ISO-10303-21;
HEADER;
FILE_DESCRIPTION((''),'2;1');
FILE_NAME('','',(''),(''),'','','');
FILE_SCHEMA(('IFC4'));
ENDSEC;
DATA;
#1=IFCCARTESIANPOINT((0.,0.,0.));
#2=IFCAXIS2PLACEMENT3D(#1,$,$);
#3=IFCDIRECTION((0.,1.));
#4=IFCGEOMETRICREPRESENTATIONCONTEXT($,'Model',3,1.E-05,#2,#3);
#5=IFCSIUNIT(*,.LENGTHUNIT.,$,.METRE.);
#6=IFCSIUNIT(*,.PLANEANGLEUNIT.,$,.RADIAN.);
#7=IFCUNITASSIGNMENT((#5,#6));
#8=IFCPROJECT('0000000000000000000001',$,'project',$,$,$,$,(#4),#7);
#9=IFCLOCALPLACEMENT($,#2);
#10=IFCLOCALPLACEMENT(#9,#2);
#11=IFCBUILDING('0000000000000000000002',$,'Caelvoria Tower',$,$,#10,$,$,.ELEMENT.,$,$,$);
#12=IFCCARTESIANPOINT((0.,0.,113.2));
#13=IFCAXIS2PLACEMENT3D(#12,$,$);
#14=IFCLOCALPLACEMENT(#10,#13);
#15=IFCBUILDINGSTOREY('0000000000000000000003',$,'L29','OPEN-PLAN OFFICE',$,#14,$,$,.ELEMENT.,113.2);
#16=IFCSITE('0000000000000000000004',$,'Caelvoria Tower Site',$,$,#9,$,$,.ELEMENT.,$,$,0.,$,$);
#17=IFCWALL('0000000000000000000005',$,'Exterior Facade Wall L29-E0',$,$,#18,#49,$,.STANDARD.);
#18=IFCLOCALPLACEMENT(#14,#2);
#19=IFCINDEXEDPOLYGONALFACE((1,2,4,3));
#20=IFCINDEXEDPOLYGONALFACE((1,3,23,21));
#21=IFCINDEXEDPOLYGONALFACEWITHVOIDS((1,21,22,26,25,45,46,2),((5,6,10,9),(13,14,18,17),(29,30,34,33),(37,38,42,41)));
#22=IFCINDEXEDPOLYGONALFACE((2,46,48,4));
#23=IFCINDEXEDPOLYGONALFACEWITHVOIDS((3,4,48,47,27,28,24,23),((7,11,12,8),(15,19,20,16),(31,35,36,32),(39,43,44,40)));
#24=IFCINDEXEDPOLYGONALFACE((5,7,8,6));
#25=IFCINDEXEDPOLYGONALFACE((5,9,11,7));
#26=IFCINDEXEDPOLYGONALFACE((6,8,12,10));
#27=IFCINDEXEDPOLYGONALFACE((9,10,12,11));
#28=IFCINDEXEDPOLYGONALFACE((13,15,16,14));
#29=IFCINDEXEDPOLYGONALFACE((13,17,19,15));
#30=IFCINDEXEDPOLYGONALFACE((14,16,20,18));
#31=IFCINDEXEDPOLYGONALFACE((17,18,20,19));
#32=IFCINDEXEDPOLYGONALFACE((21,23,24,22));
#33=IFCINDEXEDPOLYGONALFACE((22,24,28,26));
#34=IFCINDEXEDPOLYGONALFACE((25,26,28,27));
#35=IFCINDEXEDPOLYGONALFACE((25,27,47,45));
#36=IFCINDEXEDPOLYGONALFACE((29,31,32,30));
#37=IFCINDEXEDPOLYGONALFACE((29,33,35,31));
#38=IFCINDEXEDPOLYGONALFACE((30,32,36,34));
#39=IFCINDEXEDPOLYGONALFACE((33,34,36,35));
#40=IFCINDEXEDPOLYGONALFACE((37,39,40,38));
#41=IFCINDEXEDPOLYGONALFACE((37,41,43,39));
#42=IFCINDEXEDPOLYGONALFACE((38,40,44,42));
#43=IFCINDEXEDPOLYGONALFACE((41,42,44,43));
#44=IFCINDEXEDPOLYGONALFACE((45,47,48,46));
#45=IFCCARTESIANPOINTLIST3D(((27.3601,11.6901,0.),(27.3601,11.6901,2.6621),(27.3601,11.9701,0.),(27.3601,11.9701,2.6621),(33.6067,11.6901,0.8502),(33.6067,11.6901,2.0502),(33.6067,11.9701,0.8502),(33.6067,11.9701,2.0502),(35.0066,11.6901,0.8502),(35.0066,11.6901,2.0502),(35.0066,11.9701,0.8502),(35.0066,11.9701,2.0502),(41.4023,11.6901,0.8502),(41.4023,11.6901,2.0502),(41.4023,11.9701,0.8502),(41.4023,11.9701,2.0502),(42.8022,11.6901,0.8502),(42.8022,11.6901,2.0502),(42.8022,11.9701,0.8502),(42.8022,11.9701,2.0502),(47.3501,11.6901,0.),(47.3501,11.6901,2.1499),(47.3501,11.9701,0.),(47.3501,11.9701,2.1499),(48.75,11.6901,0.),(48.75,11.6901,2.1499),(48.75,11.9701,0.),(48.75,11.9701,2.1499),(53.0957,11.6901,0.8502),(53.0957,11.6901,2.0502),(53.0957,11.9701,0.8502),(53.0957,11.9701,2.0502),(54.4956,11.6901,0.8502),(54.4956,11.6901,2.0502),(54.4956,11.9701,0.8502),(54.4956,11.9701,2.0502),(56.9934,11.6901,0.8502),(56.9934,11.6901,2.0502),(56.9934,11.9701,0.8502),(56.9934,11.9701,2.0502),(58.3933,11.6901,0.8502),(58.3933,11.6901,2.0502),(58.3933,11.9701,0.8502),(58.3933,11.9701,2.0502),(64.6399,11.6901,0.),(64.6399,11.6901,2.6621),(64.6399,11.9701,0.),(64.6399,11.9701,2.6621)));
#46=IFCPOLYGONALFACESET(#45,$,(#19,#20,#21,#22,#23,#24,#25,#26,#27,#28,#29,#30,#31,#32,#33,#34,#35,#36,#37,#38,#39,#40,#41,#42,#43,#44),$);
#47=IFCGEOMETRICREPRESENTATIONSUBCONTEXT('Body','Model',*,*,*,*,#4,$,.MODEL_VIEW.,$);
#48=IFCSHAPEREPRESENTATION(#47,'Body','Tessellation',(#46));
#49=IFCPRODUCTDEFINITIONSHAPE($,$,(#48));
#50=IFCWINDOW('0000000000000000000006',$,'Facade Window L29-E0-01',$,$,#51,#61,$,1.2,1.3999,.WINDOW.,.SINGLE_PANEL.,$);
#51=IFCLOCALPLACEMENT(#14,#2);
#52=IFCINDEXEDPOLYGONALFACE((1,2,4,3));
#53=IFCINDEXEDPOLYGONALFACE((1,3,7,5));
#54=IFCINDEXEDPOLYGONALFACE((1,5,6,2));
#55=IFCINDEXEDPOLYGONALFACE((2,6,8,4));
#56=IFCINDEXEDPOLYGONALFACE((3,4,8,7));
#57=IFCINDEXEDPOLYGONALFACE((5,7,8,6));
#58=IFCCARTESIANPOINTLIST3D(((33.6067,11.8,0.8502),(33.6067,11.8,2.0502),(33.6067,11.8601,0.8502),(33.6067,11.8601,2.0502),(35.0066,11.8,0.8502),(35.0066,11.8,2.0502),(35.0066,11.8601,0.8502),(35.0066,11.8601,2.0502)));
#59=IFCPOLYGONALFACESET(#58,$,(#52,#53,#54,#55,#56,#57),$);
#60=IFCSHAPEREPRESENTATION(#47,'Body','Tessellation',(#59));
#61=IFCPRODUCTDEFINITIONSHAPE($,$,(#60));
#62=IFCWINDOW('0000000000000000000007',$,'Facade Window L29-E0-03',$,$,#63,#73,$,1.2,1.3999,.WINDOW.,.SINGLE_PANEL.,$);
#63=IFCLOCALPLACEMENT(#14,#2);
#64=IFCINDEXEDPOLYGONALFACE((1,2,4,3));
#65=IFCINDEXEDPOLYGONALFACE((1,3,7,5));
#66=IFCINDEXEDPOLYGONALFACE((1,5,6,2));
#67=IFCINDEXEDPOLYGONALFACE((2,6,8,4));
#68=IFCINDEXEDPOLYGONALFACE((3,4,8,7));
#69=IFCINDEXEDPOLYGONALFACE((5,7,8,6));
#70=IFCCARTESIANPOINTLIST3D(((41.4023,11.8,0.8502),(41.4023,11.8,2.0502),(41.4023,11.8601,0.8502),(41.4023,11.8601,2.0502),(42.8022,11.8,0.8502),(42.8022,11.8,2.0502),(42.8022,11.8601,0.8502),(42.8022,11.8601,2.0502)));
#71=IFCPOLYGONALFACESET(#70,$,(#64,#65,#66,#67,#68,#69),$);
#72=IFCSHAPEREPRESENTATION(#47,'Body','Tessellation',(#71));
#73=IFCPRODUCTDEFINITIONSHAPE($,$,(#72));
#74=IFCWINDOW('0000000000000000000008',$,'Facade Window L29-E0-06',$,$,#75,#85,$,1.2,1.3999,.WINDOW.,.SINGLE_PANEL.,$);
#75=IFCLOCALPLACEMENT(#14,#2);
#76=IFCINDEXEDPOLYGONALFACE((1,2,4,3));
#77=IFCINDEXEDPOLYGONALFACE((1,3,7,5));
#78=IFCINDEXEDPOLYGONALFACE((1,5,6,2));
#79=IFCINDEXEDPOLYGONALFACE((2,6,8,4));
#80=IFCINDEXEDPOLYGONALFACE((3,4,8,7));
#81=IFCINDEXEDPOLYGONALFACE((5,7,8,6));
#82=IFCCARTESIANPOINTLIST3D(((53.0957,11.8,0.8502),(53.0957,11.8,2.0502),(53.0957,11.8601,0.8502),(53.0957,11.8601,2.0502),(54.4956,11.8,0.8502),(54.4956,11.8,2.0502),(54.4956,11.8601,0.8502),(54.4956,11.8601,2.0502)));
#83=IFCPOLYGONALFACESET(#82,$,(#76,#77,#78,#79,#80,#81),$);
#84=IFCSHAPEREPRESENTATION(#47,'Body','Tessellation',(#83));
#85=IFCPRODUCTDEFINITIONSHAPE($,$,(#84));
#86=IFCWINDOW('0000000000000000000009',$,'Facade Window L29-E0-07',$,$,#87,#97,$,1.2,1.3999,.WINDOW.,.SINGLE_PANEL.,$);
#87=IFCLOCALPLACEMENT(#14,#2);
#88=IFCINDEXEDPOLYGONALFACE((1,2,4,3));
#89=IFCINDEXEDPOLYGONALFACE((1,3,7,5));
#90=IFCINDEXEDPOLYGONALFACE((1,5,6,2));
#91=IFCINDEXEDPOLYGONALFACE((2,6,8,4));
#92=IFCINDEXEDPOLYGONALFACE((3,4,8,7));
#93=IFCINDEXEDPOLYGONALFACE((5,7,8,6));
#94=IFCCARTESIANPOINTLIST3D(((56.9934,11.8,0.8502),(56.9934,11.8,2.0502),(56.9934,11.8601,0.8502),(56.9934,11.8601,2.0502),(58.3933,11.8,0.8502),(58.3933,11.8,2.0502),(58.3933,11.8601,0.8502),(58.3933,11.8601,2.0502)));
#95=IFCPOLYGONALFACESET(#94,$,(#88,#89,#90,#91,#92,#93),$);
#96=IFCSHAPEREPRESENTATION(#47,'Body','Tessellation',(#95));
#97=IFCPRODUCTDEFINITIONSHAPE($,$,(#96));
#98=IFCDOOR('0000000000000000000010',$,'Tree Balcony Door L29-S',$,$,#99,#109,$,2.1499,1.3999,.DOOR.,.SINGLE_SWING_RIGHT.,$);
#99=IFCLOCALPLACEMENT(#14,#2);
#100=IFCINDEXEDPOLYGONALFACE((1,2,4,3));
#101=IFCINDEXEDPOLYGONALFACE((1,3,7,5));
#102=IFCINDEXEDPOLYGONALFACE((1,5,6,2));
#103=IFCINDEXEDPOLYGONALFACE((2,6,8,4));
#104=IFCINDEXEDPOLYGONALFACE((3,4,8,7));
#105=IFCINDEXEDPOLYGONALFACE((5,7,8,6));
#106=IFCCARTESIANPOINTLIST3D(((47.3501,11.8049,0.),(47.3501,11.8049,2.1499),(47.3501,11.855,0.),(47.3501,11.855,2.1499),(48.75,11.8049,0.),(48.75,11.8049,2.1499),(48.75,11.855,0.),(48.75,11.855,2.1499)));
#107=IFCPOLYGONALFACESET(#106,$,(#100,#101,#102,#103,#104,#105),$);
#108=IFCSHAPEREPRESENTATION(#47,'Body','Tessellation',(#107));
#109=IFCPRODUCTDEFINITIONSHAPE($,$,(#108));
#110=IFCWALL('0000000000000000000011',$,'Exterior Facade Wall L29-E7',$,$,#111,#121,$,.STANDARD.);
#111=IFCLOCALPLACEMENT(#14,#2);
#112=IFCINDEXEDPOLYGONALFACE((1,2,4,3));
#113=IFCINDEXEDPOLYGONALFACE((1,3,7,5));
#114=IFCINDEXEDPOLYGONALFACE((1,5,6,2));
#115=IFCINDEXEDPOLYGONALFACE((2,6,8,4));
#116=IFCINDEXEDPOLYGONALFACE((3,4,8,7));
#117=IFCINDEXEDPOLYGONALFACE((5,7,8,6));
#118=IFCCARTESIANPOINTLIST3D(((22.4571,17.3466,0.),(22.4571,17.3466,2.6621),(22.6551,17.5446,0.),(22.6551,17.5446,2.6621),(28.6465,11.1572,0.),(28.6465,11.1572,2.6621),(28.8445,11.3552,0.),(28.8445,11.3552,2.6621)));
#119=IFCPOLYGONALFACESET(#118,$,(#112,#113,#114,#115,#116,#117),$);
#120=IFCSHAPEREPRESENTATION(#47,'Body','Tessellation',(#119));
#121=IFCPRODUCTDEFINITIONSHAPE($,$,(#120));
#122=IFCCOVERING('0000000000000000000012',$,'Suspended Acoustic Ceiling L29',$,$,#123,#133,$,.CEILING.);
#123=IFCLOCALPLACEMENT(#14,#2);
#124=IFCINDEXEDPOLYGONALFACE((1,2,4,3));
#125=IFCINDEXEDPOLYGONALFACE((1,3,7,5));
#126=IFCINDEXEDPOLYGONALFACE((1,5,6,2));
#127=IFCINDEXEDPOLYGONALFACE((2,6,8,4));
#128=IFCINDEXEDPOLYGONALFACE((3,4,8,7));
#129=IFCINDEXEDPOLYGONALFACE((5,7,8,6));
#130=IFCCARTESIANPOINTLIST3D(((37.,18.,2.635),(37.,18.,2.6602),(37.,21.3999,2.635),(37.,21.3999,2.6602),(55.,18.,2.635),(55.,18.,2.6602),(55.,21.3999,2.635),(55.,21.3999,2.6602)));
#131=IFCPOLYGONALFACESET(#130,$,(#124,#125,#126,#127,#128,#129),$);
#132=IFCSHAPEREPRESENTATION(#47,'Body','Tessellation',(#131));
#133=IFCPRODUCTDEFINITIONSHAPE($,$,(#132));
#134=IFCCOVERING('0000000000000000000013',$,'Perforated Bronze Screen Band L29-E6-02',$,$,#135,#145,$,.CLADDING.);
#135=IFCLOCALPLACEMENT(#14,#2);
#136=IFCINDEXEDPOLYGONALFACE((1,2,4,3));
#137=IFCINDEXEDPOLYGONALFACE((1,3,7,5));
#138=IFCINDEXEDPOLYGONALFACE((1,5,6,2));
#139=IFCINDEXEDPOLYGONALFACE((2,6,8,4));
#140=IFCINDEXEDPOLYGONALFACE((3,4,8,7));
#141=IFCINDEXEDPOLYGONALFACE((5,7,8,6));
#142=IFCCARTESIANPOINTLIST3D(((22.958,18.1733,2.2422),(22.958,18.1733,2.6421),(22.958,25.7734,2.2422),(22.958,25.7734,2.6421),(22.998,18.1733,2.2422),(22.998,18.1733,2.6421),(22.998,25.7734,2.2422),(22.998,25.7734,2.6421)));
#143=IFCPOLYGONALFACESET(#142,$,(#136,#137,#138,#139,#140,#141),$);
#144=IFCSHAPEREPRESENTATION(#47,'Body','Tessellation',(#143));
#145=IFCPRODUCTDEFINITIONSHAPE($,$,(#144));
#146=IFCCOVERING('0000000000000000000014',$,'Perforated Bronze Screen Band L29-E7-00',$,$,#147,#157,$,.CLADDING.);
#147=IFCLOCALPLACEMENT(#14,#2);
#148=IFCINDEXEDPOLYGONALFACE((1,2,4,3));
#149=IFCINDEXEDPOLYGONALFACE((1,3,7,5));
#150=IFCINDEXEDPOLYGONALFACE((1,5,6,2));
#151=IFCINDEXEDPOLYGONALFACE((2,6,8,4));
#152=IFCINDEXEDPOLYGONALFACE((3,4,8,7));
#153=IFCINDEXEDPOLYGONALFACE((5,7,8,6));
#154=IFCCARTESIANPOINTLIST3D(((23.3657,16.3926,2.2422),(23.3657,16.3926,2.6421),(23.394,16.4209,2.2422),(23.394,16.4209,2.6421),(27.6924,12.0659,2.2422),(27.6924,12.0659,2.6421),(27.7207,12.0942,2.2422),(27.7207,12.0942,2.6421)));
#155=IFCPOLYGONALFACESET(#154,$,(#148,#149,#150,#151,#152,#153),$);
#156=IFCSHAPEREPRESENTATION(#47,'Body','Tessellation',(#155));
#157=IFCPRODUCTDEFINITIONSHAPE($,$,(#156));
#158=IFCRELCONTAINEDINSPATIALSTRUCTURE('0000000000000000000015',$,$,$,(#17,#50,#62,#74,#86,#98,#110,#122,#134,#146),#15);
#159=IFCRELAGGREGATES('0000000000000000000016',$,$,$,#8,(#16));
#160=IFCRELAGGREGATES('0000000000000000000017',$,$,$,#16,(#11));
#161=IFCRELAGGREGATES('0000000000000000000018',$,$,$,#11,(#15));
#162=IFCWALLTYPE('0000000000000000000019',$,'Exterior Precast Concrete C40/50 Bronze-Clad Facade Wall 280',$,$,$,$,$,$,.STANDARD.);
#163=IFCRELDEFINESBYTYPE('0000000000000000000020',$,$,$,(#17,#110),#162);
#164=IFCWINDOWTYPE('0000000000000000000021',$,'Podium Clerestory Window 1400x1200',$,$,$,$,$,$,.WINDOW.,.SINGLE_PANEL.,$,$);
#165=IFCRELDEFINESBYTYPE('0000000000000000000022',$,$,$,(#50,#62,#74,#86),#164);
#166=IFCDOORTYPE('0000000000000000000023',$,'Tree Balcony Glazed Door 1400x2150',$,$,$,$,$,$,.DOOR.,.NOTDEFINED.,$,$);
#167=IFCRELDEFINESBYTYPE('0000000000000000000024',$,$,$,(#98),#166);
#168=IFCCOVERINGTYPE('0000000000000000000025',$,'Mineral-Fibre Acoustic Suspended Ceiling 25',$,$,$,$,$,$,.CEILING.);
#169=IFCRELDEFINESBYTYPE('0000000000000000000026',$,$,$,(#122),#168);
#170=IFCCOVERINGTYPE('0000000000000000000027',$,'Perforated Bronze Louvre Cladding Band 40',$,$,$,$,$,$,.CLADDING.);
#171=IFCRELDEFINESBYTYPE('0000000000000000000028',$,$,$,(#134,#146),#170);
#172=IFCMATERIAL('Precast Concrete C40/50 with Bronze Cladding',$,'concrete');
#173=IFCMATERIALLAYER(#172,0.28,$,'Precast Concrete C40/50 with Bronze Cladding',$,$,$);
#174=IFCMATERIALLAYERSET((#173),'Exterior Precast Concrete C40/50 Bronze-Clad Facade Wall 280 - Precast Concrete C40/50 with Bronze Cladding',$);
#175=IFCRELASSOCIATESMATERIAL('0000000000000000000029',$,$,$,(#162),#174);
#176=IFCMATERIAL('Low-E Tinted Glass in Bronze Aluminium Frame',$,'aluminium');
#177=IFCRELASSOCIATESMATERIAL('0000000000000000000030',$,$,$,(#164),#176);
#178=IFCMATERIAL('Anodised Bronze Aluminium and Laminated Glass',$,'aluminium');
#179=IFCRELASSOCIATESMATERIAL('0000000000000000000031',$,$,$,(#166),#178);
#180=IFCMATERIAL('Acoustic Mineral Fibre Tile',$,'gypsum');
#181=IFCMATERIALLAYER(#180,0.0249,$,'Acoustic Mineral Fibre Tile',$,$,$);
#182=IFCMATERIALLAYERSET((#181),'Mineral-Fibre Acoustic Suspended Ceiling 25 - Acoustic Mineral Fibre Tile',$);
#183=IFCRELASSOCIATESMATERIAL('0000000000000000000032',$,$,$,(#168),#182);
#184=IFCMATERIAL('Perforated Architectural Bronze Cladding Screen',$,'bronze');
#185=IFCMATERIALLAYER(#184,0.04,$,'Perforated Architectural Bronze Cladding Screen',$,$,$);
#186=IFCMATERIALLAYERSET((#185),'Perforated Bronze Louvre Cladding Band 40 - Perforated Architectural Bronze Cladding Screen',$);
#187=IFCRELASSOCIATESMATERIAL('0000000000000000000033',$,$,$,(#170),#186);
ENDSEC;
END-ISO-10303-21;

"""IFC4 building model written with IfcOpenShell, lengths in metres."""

from ifc_helpers import new_model, si_unit, direction, frame, frame_2d, origin, origin_2d, place, context, subcontext, project, spatial, polyline, rectangle, outline, extrude, material, layer, layer_set, type_object, element, fill, save


model = new_model("IFC4")

# Units and contexts
model_context = context("Model", 3, precision=1e-05, world=origin(), true_north=direction((0.0, 1.0)))
body_context = subcontext(model_context, "Body", "Model", "MODEL_VIEW")
ifc_project = project(units=[si_unit("LENGTHUNIT", "METRE"), si_unit("PLANEANGLEUNIT", "RADIAN")], contexts=[model_context])

# Site, building, storey
site_placement = place(None, origin())
site = spatial("IfcSite", under=ifc_project, at=site_placement, Name="Caelvoria Tower Site", CompositionType="ELEMENT", RefElevation=0.0)
building_placement = place(site_placement, origin())
building = spatial("IfcBuilding", under=site, at=building_placement, Name="Caelvoria Tower", CompositionType="ELEMENT")
storey_placement = place(building_placement, frame((0.0, 0.0, 113.2)))
storey = spatial("IfcBuildingStorey", under=building, at=storey_placement, Name="L29", Description="OPEN-PLAN OFFICE", CompositionType="ELEMENT", Elevation=113.2)

# Wall, openings, windows, door
ifc_material_1 = material(Name="Precast Concrete C40/50 with Bronze Cladding", Category="concrete")
ifc_layer_1 = layer(ifc_material_1, 0.28, Name="Precast Concrete C40/50 with Bronze Cladding")
ifc_layer_set_1 = layer_set([ifc_layer_1], Name="Exterior Precast Concrete C40/50 Bronze-Clad Facade Wall 280 - Precast Concrete C40/50 with Bronze Cladding")
wall_type = type_object("IfcWallType", Name="Exterior Precast Concrete C40/50 Bronze-Clad Facade Wall 280", PredefinedType="STANDARD", material=ifc_layer_set_1)
wall_1_placement = place(storey_placement, frame((27.3601, 11.8301, 0.0), z_axis=(0.0, 0.0, 1.0), x_axis=(1.0, 0.0, 0.0)))
wall_1 = element("IfcWall", 1, at=wall_1_placement, inside=storey, type_object=wall_type, Name="Exterior Facade Wall L29-E0", PredefinedType="STANDARD", context=body_context, shape_type="SweptSolid", body=[
    extrude(rectangle(XDim=37.2798, YDim=0.28, at=frame_2d((18.6399, 0.0))), origin(), (0.0, 0.0, 1.0), 2.6621),
])
opening_1_placement = place(wall_1_placement, frame((19.99, 0.0, 0.0)))
opening_1 = element("IfcOpeningElement", 2, at=opening_1_placement, cuts=wall_1, PredefinedType="OPENING", context=body_context, shape_type="SweptSolid", body=[
    extrude(rectangle(XDim=1.3999, YDim=2.1499, at=frame_2d((0.7, 1.075))), frame((0.0, 0.1499, 0.0), z_axis=(0.0, -1.0, 0.0), x_axis=(1.0, 0.0, 0.0)), (0.0, 0.0, 1.0), 0.3),
])
opening_2_placement = place(wall_1_placement, frame((6.2466, 0.0, 0.8501)))
opening_2 = element("IfcOpeningElement", 3, at=opening_2_placement, cuts=wall_1, PredefinedType="OPENING", context=body_context, shape_type="SweptSolid", body=[
    extrude(rectangle(XDim=1.3999, YDim=1.2, at=frame_2d((0.7, 0.6001))), frame((0.0, 0.1499, 0.0), z_axis=(0.0, -1.0, 0.0), x_axis=(1.0, 0.0, 0.0)), (0.0, 0.0, 1.0), 0.3),
])
opening_3_placement = place(wall_1_placement, frame((14.0422, 0.0, 0.8501)))
opening_3 = element("IfcOpeningElement", 4, at=opening_3_placement, cuts=wall_1, PredefinedType="OPENING", context=body_context, shape_type="SweptSolid", body=[
    extrude(rectangle(XDim=1.3999, YDim=1.2, at=frame_2d((0.7, 0.6001))), frame((0.0, 0.1499, 0.0), z_axis=(0.0, -1.0, 0.0), x_axis=(1.0, 0.0, 0.0)), (0.0, 0.0, 1.0), 0.3),
])
opening_4_placement = place(wall_1_placement, frame((25.7356, 0.0, 0.8501)))
opening_4 = element("IfcOpeningElement", 5, at=opening_4_placement, cuts=wall_1, PredefinedType="OPENING", context=body_context, shape_type="SweptSolid", body=[
    extrude(rectangle(XDim=1.3999, YDim=1.2, at=frame_2d((0.7, 0.6001))), frame((0.0, 0.1499, 0.0), z_axis=(0.0, -1.0, 0.0), x_axis=(1.0, 0.0, 0.0)), (0.0, 0.0, 1.0), 0.3),
])
opening_5_placement = place(wall_1_placement, frame((29.6333, 0.0, 0.8501)))
opening_5 = element("IfcOpeningElement", 6, at=opening_5_placement, cuts=wall_1, PredefinedType="OPENING", context=body_context, shape_type="SweptSolid", body=[
    extrude(rectangle(XDim=1.3999, YDim=1.2, at=frame_2d((0.7, 0.6001))), frame((0.0, 0.1499, 0.0), z_axis=(0.0, -1.0, 0.0), x_axis=(1.0, 0.0, 0.0)), (0.0, 0.0, 1.0), 0.3),
])
ifc_material_2 = material(Name="Low-E Tinted Glass in Bronze Aluminium Frame", Category="aluminium")
window_type = type_object("IfcWindowType", Name="Podium Clerestory Window 1400x1200", PartitioningType="SINGLE_PANEL", PredefinedType="WINDOW", material=ifc_material_2)
window_1_placement = place(opening_2_placement, origin())
window_1 = element("IfcWindow", 7, at=window_1_placement, inside=storey, type_object=window_type, Name="Facade Window L29-E0-01", OverallHeight=1.2, OverallWidth=1.3999, PartitioningType="SINGLE_PANEL", PredefinedType="WINDOW", context=body_context, shape_type="SweptSolid", body=[
    extrude(rectangle(XDim=1.3999, YDim=1.2, at=frame_2d((0.7, 0.6001))), frame((0.0, 0.03, 0.0), z_axis=(0.0, -1.0, 0.0), x_axis=(1.0, 0.0, 0.0)), (0.0, 0.0, 1.0), 0.0601),
])
fill(opening_2, window_1)
window_2_placement = place(opening_3_placement, origin())
window_2 = element("IfcWindow", 8, at=window_2_placement, inside=storey, type_object=window_type, Name="Facade Window L29-E0-03", OverallHeight=1.2, OverallWidth=1.3999, PartitioningType="SINGLE_PANEL", PredefinedType="WINDOW", context=body_context, shape_type="SweptSolid", body=[
    extrude(rectangle(XDim=1.3999, YDim=1.2, at=frame_2d((0.7, 0.6001))), frame((0.0, 0.03, 0.0), z_axis=(0.0, -1.0, 0.0), x_axis=(1.0, 0.0, 0.0)), (0.0, 0.0, 1.0), 0.0601),
])
fill(opening_3, window_2)
window_3_placement = place(opening_4_placement, origin())
window_3 = element("IfcWindow", 9, at=window_3_placement, inside=storey, type_object=window_type, Name="Facade Window L29-E0-06", OverallHeight=1.2, OverallWidth=1.3999, PartitioningType="SINGLE_PANEL", PredefinedType="WINDOW", context=body_context, shape_type="SweptSolid", body=[
    extrude(rectangle(XDim=1.3999, YDim=1.2, at=frame_2d((0.7, 0.6001))), frame((0.0, 0.03, 0.0), z_axis=(0.0, -1.0, 0.0), x_axis=(1.0, 0.0, 0.0)), (0.0, 0.0, 1.0), 0.0601),
])
fill(opening_4, window_3)
window_4_placement = place(opening_5_placement, origin())
window_4 = element("IfcWindow", 10, at=window_4_placement, inside=storey, type_object=window_type, Name="Facade Window L29-E0-07", OverallHeight=1.2, OverallWidth=1.3999, PartitioningType="SINGLE_PANEL", PredefinedType="WINDOW", context=body_context, shape_type="SweptSolid", body=[
    extrude(rectangle(XDim=1.3999, YDim=1.2, at=frame_2d((0.7, 0.6001))), frame((0.0, 0.03, 0.0), z_axis=(0.0, -1.0, 0.0), x_axis=(1.0, 0.0, 0.0)), (0.0, 0.0, 1.0), 0.0601),
])
fill(opening_5, window_4)
ifc_material_3 = material(Name="Anodised Bronze Aluminium and Laminated Glass", Category="aluminium")
door_type = type_object("IfcDoorType", Name="Tree Balcony Glazed Door 1400x2150", OperationType="NOTDEFINED", PredefinedType="DOOR", material=ifc_material_3)
door_placement = place(opening_1_placement, origin())
door = element("IfcDoor", 11, at=door_placement, inside=storey, type_object=door_type, Name="Tree Balcony Door L29-S", OperationType="SINGLE_SWING_RIGHT", OverallHeight=2.1499, OverallWidth=1.3999, PredefinedType="DOOR", context=body_context, shape_type="SweptSolid", body=[
    extrude(rectangle(XDim=1.3999, YDim=2.1499, at=frame_2d((0.7, 1.075))), frame((0.0, 0.0249, 0.0), z_axis=(0.0, -1.0, 0.0), x_axis=(1.0, 0.0, 0.0)), (0.0, 0.0, 1.0), 0.05),
])
fill(opening_1, door)

# Wall
wall_2_placement = place(storey_placement, frame((22.5562, 17.4456, 0.0), z_axis=(0.0, 0.0, 1.0), x_axis=(0.707107, -0.707107, 0.0)))
element("IfcWall", 12, at=wall_2_placement, inside=storey, type_object=wall_type, Name="Exterior Facade Wall L29-E7", PredefinedType="STANDARD", context=body_context, shape_type="SweptSolid", body=[
    extrude(rectangle(XDim=8.7532, YDim=0.28, at=frame_2d((4.3765, 0.0))), origin(), (0.0, 0.0, 1.0), 2.6621),
])

# Coverings
ifc_material_4 = material(Name="Acoustic Mineral Fibre Tile", Category="gypsum")
ifc_layer_2 = layer(ifc_material_4, 0.0249, Name="Acoustic Mineral Fibre Tile")
ifc_layer_set_2 = layer_set([ifc_layer_2], Name="Mineral-Fibre Acoustic Suspended Ceiling 25 - Acoustic Mineral Fibre Tile")
covering_type_1 = type_object("IfcCoveringType", Name="Mineral-Fibre Acoustic Suspended Ceiling 25", PredefinedType="CEILING", material=ifc_layer_set_2)
covering_1_placement = place(storey_placement, frame((0.0, 0.0, 2.635)))
element("IfcCovering", 13, at=covering_1_placement, inside=storey, type_object=covering_type_1, Name="Suspended Acoustic Ceiling L29", PredefinedType="CEILING", context=body_context, shape_type="SweptSolid", body=[
    extrude(outline(polyline([(37.0, 18.0), (55.0, 18.0), (55.0, 21.3999), (37.0, 21.3999), (37.0, 18.0)])), origin(), (0.0, 0.0, 1.0), 0.0251),
])
ifc_material_5 = material(Name="Perforated Architectural Bronze Cladding Screen", Category="bronze")
ifc_layer_3 = layer(ifc_material_5, 0.04, Name="Perforated Architectural Bronze Cladding Screen")
ifc_layer_set_3 = layer_set([ifc_layer_3], Name="Perforated Bronze Louvre Cladding Band 40 - Perforated Architectural Bronze Cladding Screen")
covering_type_2 = type_object("IfcCoveringType", Name="Perforated Bronze Louvre Cladding Band 40", PredefinedType="CLADDING", material=ifc_layer_set_3)
covering_2_placement = place(storey_placement, frame((22.978, 21.9734, 2.2422), z_axis=(0.0, 0.0, 1.0), x_axis=(0.0, -1.0, 0.0)))
element("IfcCovering", 14, at=covering_2_placement, inside=storey, type_object=covering_type_2, Name="Perforated Bronze Screen Band L29-E6-02", PredefinedType="CLADDING", context=body_context, shape_type="SweptSolid", body=[
    extrude(rectangle(XDim=7.6001, YDim=0.04, at=origin_2d()), origin(), (0.0, 0.0, 1.0), 0.3999),
])
covering_3_placement = place(storey_placement, frame((25.5432, 14.2434, 2.2422), z_axis=(0.0, 0.0, 1.0), x_axis=(0.707107, -0.707107, 0.0)))
element("IfcCovering", 15, at=covering_3_placement, inside=storey, type_object=covering_type_2, Name="Perforated Bronze Screen Band L29-E7-00", PredefinedType="CLADDING", context=body_context, shape_type="SweptSolid", body=[
    extrude(rectangle(XDim=6.1189, YDim=0.04, at=origin_2d()), origin(), (0.0, 0.0, 1.0), 0.3999),
])

save(model, "model.ifc")
